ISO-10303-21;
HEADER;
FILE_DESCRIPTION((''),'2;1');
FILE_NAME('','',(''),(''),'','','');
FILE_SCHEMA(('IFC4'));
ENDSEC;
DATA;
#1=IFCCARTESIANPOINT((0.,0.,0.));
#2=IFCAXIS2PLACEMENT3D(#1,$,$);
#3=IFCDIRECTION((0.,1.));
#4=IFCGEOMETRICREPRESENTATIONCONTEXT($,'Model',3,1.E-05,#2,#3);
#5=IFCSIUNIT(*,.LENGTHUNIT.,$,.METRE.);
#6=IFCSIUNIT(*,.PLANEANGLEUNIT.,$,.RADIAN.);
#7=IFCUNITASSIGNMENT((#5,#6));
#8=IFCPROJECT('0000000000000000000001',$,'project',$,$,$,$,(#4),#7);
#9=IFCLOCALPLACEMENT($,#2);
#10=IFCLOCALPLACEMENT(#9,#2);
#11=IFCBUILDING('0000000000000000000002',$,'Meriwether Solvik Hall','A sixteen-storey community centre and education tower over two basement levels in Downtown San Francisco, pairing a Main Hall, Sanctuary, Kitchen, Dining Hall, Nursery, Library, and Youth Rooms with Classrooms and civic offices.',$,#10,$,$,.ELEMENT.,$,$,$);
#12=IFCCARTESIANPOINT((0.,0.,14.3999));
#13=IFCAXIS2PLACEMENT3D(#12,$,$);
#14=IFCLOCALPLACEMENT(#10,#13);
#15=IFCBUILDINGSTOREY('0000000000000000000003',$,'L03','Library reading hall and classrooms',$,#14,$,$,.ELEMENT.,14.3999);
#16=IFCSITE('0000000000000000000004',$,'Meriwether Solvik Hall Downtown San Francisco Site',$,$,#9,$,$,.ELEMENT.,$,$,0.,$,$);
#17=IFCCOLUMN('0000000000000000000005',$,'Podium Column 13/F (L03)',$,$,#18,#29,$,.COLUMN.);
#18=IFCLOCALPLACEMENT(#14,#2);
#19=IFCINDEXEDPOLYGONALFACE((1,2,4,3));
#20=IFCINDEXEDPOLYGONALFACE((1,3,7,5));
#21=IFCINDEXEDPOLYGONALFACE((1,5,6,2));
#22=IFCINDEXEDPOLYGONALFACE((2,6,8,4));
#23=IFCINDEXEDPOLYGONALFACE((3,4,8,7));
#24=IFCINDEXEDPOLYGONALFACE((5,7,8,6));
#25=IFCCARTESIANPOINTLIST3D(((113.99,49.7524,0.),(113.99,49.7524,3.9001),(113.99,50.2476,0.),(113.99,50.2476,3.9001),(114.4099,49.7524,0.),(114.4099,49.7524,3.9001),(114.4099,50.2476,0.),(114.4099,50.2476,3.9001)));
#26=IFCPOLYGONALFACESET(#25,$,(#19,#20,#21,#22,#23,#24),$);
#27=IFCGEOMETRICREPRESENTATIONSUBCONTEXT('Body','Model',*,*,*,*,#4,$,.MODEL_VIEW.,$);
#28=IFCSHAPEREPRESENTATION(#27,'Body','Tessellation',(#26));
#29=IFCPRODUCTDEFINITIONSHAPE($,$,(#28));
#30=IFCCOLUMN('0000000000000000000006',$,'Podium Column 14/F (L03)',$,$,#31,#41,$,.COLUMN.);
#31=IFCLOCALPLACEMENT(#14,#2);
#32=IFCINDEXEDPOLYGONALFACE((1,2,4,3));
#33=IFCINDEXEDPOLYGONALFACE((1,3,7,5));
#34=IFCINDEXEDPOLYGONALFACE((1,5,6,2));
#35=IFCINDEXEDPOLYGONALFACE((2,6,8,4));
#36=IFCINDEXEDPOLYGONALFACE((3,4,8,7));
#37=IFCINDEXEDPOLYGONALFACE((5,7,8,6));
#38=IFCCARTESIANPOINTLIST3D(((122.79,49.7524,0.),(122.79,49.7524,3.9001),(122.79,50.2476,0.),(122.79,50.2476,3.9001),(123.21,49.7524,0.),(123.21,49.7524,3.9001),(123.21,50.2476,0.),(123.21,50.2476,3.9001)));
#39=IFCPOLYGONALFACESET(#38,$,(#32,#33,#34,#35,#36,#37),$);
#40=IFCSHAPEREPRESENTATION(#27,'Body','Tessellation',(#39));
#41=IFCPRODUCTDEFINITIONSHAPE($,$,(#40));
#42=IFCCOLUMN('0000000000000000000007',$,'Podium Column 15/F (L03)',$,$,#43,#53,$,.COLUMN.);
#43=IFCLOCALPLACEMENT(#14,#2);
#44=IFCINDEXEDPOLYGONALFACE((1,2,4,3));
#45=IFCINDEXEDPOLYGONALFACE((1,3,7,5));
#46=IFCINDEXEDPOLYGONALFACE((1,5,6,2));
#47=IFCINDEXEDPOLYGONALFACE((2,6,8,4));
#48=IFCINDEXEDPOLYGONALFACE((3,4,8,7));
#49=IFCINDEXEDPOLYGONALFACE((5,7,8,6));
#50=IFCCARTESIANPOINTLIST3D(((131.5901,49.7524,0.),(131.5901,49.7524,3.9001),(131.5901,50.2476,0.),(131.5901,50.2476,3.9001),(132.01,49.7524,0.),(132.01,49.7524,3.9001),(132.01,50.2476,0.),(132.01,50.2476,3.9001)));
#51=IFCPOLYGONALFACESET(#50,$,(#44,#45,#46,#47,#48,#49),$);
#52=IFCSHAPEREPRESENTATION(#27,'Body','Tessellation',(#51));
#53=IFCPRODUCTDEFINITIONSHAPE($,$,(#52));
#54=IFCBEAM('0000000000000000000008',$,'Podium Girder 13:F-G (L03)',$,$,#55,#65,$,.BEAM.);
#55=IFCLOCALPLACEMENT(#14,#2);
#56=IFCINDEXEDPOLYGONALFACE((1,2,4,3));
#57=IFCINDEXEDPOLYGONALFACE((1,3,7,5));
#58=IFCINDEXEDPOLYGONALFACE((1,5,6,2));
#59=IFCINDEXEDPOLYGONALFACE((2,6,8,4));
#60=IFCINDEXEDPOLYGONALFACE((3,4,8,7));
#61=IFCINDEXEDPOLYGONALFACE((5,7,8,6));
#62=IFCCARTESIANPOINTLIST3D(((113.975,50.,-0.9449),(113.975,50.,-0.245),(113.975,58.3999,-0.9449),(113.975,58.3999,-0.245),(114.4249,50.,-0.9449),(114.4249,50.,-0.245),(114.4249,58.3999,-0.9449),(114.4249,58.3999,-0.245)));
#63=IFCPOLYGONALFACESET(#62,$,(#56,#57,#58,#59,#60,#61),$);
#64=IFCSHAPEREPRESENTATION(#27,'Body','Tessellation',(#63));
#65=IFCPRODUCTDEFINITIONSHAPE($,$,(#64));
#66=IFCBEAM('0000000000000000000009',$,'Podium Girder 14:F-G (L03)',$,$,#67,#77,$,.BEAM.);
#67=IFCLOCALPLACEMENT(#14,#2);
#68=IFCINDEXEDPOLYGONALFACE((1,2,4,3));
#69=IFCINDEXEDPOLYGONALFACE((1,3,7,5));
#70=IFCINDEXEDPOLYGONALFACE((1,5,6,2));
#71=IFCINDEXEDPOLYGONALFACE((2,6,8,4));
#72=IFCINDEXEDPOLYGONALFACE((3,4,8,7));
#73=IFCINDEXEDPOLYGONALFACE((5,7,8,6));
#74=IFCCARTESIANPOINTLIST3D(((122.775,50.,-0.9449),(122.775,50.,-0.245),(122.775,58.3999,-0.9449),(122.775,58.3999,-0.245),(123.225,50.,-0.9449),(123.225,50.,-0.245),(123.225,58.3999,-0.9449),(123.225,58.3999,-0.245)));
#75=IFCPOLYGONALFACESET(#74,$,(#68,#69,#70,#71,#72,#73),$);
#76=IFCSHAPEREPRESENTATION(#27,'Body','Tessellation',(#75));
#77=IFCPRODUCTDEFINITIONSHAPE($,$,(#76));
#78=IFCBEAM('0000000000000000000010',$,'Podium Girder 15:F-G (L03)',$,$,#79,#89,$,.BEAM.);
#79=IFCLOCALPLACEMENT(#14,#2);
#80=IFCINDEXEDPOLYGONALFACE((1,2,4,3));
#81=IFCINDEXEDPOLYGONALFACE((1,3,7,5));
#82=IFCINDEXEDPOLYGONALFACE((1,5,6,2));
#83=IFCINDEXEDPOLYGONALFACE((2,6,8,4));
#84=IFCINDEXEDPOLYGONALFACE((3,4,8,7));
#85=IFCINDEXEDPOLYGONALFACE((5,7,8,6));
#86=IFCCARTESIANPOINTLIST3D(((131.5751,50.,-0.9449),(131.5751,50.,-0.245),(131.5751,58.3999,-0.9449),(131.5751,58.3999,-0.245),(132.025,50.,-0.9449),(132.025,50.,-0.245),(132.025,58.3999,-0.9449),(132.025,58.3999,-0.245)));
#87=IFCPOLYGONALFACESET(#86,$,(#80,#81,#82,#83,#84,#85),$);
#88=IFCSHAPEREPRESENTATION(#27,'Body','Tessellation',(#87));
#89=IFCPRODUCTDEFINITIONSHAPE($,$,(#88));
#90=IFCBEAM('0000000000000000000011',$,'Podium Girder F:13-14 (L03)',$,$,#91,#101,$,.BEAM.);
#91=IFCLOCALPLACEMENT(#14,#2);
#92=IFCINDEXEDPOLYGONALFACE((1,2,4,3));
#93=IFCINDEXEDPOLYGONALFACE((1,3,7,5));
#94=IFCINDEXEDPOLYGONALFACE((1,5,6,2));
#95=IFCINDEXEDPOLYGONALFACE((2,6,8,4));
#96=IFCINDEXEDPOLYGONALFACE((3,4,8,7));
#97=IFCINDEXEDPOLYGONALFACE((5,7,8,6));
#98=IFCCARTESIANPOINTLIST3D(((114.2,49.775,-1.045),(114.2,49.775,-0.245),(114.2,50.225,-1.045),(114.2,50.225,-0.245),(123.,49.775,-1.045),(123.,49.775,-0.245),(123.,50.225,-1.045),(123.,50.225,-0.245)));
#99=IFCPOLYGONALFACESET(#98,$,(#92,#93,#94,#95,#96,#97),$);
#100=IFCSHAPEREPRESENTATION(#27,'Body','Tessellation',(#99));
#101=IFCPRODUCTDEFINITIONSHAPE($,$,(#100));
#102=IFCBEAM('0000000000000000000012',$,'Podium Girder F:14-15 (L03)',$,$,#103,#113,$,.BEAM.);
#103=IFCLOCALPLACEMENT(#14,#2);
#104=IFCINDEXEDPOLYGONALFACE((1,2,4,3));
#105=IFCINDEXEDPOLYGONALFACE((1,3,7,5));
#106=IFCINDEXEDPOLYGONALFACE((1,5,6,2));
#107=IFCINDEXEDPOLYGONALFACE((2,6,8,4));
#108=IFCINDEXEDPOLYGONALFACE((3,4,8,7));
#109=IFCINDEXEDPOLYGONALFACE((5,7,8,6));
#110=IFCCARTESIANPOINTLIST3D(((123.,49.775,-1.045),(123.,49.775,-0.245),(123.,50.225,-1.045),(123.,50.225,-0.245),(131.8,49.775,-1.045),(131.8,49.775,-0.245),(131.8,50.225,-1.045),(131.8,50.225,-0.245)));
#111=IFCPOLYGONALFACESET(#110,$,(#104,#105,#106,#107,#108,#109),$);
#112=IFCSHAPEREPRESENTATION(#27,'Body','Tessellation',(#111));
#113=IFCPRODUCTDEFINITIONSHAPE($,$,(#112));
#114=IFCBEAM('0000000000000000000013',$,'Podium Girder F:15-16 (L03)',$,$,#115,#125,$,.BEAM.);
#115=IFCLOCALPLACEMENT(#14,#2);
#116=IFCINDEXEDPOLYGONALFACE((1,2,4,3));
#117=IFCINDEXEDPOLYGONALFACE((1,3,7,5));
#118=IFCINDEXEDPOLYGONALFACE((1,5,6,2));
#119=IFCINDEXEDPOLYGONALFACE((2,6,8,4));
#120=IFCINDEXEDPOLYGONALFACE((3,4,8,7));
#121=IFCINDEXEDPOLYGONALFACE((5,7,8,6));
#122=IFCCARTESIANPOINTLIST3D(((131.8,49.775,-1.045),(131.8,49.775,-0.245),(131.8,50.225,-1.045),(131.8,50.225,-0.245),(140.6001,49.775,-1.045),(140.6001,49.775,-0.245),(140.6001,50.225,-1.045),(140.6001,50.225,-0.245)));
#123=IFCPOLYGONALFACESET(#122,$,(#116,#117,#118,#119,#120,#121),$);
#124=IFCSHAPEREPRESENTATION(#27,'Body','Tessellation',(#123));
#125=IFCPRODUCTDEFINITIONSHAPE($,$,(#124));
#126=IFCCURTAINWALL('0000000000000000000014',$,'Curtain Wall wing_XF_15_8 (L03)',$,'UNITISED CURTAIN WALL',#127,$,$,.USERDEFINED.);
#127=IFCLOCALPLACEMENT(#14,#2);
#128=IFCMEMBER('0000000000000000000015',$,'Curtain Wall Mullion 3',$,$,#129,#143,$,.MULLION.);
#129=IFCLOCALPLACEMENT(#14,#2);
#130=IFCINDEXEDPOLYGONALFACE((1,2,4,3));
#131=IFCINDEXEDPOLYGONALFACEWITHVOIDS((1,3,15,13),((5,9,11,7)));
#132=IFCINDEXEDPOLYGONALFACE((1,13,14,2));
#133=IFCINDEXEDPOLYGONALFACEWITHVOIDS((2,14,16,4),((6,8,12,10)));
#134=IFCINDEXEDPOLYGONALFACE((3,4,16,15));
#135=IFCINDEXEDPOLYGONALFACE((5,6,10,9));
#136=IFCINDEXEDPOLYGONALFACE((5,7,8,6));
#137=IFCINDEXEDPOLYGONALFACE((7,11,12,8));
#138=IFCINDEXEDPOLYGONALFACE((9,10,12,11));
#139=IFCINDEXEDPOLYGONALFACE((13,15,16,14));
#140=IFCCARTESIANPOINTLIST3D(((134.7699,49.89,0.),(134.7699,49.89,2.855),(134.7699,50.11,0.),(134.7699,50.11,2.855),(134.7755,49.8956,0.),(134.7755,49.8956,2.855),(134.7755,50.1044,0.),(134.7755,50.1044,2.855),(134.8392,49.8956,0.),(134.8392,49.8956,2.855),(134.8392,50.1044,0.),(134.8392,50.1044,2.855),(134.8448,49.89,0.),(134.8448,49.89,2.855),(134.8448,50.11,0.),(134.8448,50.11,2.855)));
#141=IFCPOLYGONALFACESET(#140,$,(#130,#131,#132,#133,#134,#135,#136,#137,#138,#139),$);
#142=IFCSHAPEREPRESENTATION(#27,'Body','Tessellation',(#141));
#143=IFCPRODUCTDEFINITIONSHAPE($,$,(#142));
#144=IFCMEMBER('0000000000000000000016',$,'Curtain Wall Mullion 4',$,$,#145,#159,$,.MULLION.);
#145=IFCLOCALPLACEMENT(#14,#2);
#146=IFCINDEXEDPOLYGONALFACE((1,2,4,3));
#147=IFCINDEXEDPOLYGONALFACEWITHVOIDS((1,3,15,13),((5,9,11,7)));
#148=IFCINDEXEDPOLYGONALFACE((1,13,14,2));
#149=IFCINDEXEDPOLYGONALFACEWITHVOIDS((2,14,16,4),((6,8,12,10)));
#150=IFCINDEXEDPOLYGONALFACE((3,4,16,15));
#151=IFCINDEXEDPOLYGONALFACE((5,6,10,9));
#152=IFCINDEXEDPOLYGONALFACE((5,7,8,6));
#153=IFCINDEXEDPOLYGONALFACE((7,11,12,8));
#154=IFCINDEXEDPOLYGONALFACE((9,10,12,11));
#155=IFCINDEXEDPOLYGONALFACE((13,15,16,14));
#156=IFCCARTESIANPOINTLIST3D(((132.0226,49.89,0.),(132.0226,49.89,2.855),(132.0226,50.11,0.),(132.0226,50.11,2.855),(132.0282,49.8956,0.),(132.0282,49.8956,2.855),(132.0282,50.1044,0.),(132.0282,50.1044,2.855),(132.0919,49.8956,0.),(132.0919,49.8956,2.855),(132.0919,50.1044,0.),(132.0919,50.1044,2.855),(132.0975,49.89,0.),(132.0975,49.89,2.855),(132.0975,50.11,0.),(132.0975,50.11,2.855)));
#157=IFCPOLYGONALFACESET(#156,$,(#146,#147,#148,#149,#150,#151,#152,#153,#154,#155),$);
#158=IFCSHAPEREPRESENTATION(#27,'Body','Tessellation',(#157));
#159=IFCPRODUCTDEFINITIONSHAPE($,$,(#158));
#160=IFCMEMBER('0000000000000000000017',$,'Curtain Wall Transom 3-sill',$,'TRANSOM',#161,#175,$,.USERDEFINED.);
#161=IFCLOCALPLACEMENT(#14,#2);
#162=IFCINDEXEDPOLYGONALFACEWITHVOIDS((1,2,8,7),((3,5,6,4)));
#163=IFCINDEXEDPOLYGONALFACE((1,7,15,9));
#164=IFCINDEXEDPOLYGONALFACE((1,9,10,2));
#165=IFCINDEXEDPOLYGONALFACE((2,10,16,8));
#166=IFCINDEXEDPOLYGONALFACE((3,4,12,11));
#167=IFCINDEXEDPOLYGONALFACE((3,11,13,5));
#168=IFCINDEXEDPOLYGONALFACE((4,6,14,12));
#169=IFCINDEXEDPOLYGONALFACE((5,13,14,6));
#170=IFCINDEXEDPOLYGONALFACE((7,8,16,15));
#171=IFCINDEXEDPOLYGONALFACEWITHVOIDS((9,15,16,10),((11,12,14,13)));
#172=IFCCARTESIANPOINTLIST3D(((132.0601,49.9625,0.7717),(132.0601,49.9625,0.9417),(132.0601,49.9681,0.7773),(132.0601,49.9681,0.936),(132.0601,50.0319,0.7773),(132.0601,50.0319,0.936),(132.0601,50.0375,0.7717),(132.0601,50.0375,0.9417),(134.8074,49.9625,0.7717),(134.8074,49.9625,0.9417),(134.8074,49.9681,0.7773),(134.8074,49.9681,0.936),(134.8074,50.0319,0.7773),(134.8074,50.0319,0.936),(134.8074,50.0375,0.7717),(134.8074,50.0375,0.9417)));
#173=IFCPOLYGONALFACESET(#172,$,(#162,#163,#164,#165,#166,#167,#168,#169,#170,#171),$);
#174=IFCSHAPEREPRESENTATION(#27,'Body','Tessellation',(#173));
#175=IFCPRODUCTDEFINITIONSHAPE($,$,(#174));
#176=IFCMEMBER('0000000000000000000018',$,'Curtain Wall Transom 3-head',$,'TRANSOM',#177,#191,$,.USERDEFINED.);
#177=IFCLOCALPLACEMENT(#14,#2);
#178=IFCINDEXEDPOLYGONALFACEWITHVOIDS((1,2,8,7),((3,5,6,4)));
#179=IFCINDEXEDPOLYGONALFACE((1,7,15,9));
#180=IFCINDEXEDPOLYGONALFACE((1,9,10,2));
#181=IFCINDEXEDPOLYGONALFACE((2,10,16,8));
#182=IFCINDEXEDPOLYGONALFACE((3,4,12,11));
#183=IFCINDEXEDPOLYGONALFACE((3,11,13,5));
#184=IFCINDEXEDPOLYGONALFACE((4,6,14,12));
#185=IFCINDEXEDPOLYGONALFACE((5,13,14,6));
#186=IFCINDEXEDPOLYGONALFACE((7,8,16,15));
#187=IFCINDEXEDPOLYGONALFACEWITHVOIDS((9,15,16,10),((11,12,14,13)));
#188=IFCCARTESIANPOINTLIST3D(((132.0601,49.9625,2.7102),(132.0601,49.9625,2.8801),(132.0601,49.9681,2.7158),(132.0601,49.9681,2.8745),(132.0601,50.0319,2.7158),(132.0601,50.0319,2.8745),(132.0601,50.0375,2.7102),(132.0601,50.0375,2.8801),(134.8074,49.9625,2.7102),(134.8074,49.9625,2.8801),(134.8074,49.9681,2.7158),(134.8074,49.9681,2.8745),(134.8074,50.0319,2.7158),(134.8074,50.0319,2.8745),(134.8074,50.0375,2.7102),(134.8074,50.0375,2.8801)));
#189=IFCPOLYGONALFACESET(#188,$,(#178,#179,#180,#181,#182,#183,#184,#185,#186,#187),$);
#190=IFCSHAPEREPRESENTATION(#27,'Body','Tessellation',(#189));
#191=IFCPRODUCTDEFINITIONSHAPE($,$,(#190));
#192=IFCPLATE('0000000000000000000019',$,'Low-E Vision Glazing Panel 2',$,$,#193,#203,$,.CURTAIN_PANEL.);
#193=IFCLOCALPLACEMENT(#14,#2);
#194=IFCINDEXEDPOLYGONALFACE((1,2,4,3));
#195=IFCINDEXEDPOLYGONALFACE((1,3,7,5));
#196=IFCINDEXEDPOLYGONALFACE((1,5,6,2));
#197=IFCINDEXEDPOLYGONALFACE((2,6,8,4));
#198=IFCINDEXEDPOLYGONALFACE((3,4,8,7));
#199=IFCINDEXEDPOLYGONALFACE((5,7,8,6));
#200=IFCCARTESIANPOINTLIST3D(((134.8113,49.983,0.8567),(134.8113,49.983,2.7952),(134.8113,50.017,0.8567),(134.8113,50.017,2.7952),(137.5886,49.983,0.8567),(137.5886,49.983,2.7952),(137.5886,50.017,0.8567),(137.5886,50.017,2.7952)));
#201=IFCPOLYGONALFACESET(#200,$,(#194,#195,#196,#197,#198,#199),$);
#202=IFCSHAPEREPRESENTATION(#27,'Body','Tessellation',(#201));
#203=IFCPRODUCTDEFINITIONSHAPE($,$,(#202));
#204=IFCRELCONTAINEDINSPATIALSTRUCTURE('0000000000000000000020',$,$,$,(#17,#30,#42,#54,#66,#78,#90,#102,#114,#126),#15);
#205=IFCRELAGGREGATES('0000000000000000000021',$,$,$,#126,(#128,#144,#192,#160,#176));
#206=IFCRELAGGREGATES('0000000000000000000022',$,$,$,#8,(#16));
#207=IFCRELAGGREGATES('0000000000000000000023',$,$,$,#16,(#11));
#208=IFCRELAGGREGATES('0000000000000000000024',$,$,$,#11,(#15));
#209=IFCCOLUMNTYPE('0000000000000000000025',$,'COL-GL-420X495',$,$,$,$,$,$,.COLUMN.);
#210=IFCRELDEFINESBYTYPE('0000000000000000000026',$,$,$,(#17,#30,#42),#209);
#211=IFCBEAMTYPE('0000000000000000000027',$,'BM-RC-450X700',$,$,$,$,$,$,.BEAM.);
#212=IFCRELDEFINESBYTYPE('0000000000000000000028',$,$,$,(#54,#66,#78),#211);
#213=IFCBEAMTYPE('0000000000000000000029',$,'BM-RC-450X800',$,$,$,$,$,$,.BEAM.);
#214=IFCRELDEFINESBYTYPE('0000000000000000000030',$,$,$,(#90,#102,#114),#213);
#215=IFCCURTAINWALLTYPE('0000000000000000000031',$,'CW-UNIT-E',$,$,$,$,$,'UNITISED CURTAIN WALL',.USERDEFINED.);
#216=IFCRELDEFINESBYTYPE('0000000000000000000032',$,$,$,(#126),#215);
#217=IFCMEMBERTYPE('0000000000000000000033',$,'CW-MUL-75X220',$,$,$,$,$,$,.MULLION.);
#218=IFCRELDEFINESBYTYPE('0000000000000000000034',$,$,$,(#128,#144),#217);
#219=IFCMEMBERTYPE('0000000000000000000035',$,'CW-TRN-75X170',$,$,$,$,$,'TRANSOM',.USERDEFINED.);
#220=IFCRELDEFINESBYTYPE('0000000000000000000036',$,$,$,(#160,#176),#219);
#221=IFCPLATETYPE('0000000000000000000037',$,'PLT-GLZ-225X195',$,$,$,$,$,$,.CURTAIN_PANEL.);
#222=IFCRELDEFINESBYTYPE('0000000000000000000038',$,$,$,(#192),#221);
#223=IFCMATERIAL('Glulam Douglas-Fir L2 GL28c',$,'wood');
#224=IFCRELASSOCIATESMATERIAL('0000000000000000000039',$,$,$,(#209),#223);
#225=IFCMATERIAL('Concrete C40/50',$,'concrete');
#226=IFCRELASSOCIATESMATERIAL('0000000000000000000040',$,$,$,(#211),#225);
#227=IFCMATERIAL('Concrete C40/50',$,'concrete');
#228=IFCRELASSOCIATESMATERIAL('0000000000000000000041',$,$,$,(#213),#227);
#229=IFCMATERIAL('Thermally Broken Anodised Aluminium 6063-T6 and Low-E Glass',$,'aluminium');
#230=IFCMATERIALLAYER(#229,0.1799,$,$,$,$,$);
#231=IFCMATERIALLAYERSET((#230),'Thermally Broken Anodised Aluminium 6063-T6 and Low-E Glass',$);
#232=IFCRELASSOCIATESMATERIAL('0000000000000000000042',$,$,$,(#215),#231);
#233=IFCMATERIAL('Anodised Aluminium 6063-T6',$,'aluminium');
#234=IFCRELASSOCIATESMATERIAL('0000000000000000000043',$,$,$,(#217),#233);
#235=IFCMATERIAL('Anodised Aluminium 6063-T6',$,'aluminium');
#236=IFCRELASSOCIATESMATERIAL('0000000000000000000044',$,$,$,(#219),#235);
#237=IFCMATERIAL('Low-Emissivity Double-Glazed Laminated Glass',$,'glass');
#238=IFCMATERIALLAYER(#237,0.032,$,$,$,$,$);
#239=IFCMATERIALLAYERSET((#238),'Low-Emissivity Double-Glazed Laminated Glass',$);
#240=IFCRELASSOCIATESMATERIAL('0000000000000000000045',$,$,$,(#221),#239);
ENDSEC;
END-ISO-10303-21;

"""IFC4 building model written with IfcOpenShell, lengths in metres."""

from ifc_helpers import new_model, si_unit, direction, frame, origin, origin_2d, place, context, subcontext, project, spatial, rectangle, hollow_rectangle, extrude, material, layer, layer_set, material_profile, profile_set, type_object, element, aggregate, save


model = new_model("IFC4")

# Units and contexts
model_context = context("Model", 3, precision=1e-05, world=origin(), true_north=direction((0.0, 1.0)))
body_context = subcontext(model_context, "Body", "Model", "MODEL_VIEW")
ifc_project = project(units=[si_unit("LENGTHUNIT", "METRE"), si_unit("PLANEANGLEUNIT", "RADIAN")], contexts=[model_context])

# Site, building, storey
site_placement = place(None, origin())
site = spatial("IfcSite", under=ifc_project, at=site_placement, Name="Meriwether Solvik Hall Downtown San Francisco Site", CompositionType="ELEMENT", RefElevation=0.0)
building_placement = place(site_placement, origin())
building = spatial("IfcBuilding", under=site, at=building_placement, Name="Meriwether Solvik Hall", Description="A sixteen-storey community centre and education tower over two basement levels in Downtown San Francisco, pairing a Main Hall, Sanctuary, Kitchen, Dining Hall, Nursery, Library, and Youth Rooms with Classrooms and civic offices.", CompositionType="ELEMENT")
storey_placement = place(building_placement, frame((0.0, 0.0, 14.3999)))
storey = spatial("IfcBuildingStorey", under=building, at=storey_placement, Name="L03", Description="Library reading hall and classrooms", CompositionType="ELEMENT", Elevation=14.3999)

# Columns
ifc_material_1 = material(Name="Glulam Douglas-Fir L2 GL28c", Category="wood")
ifc_material_profile_1 = material_profile(ifc_material_1, rectangle(XDim=0.4199, YDim=0.4951, at=origin_2d()), Name="GLC-420X495")
ifc_profile_set_1 = profile_set([ifc_material_profile_1], Name="Glulam Douglas-Fir L2 GL28c")
column_type = type_object("IfcColumnType", Name="COL-GL-420X495", PredefinedType="COLUMN", material=ifc_profile_set_1)
for number, where, z_axis, x_axis, name in (
    (1, (114.2, 50.0, 0.0), (0.0, 0.0, 1.0), (1.0, 0.0, 0.0), "Podium Column 13/F (L03)"),
    (2, (123.0, 50.0, 0.0), (0.0, 0.0, 1.0), (1.0, 0.0, 0.0), "Podium Column 14/F (L03)"),
    (3, (131.8, 50.0, 0.0), (0.0, 0.0, 1.0), (1.0, 0.0, 0.0), "Podium Column 15/F (L03)"),
):
    element("IfcColumn", number, at=place(storey_placement, frame(where, z_axis=z_axis, x_axis=x_axis)), inside=storey, type_object=column_type, Name=name, PredefinedType="COLUMN", context=body_context, shape_type="SweptSolid", body=[
        extrude(rectangle(XDim=0.4199, YDim=0.4951, at=origin_2d()), origin(), (0.0, 0.0, 1.0), 3.9001),
    ])

# Beams
ifc_material_2 = material(Name="Concrete C40/50", Category="concrete")
ifc_material_profile_2 = material_profile(ifc_material_2, rectangle(XDim=0.45, YDim=0.7, at=origin_2d()), Name="RCB-450X700")
ifc_profile_set_2 = profile_set([ifc_material_profile_2], Name="Concrete C40/50")
beam_type_1 = type_object("IfcBeamType", Name="BM-RC-450X700", PredefinedType="BEAM", material=ifc_profile_set_2)
for number, where, z_axis, x_axis, name in (
    (4, (114.2, 50.0, -0.595), (0.0, 1.0, 0.0), (-1.0, 0.0, 0.0), "Podium Girder 13:F-G (L03)"),
    (5, (123.0, 50.0, -0.595), (0.0, 1.0, 0.0), (-1.0, 0.0, 0.0), "Podium Girder 14:F-G (L03)"),
    (6, (131.8, 50.0, -0.595), (0.0, 1.0, 0.0), (-1.0, 0.0, 0.0), "Podium Girder 15:F-G (L03)"),
):
    element("IfcBeam", number, at=place(storey_placement, frame(where, z_axis=z_axis, x_axis=x_axis)), inside=storey, type_object=beam_type_1, Name=name, PredefinedType="BEAM", context=body_context, shape_type="SweptSolid", body=[
        extrude(rectangle(XDim=0.45, YDim=0.7, at=origin_2d()), origin(), (0.0, 0.0, 1.0), 8.3999),
    ])
ifc_material_3 = material(Name="Concrete C40/50", Category="concrete")
ifc_material_profile_3 = material_profile(ifc_material_3, rectangle(XDim=0.45, YDim=0.8, at=origin_2d()), Name="RCB-450X800")
ifc_profile_set_3 = profile_set([ifc_material_profile_3], Name="Concrete C40/50")
beam_type_2 = type_object("IfcBeamType", Name="BM-RC-450X800", PredefinedType="BEAM", material=ifc_profile_set_3)
for number, where, z_axis, x_axis, name in (
    (7, (114.2, 50.0, -0.645), (1.0, 0.0, 0.0), (0.0, 1.0, 0.0), "Podium Girder F:13-14 (L03)"),
    (8, (123.0, 50.0, -0.645), (1.0, 0.0, 0.0), (0.0, 1.0, 0.0), "Podium Girder F:14-15 (L03)"),
    (9, (131.8, 50.0, -0.645), (1.0, 0.0, 0.0), (0.0, 1.0, 0.0), "Podium Girder F:15-16 (L03)"),
):
    element("IfcBeam", number, at=place(storey_placement, frame(where, z_axis=z_axis, x_axis=x_axis)), inside=storey, type_object=beam_type_2, Name=name, PredefinedType="BEAM", context=body_context, shape_type="SweptSolid", body=[
        extrude(rectangle(XDim=0.45, YDim=0.8, at=origin_2d()), origin(), (0.0, 0.0, 1.0), 8.8),
    ])

# Curtain wall, members, plate
ifc_material_4 = material(Name="Thermally Broken Anodised Aluminium 6063-T6 and Low-E Glass", Category="aluminium")
ifc_layer_1 = layer(ifc_material_4, 0.1799)
ifc_layer_set_1 = layer_set([ifc_layer_1], Name="Thermally Broken Anodised Aluminium 6063-T6 and Low-E Glass")
curtain_wall_type = type_object("IfcCurtainWallType", Name="CW-UNIT-E", ElementType="UNITISED CURTAIN WALL", PredefinedType="USERDEFINED", material=ifc_layer_set_1)
curtain_wall_placement = place(storey_placement, origin())
curtain_wall = element("IfcCurtainWall", 10, at=curtain_wall_placement, inside=storey, type_object=curtain_wall_type, Name="Curtain Wall wing_XF_15_8 (L03)", ObjectType="UNITISED CURTAIN WALL", PredefinedType="USERDEFINED")
ifc_material_5 = material(Name="Anodised Aluminium 6063-T6", Category="aluminium")
ifc_material_profile_4 = material_profile(ifc_material_5, hollow_rectangle(XDim=0.075, YDim=0.22, WallThickness=0.0056, at=origin_2d()), Name="CWM-75X220")
ifc_profile_set_4 = profile_set([ifc_material_profile_4], Name="Anodised Aluminium 6063-T6")
member_type_1 = type_object("IfcMemberType", Name="CW-MUL-75X220", PredefinedType="MULLION", material=ifc_profile_set_4)
member_1_placement = place(storey_placement, frame((134.8074, 50.0, 0.0), z_axis=(0.0, 0.0, 1.0), x_axis=(-1.0, 0.0, 0.0)))
member_1 = element("IfcMember", 11, at=member_1_placement, type_object=member_type_1, Name="Curtain Wall Mullion 3", PredefinedType="MULLION", context=body_context, shape_type="SweptSolid", body=[
    extrude(hollow_rectangle(XDim=0.075, YDim=0.22, WallThickness=0.0056, at=origin_2d()), origin(), (0.0, 0.0, 1.0), 2.855),
])
member_2_placement = place(storey_placement, frame((132.0601, 50.0, 0.0), z_axis=(0.0, 0.0, 1.0), x_axis=(-1.0, 0.0, 0.0)))
member_2 = element("IfcMember", 12, at=member_2_placement, type_object=member_type_1, Name="Curtain Wall Mullion 4", PredefinedType="MULLION", context=body_context, shape_type="SweptSolid", body=[
    extrude(hollow_rectangle(XDim=0.075, YDim=0.22, WallThickness=0.0056, at=origin_2d()), origin(), (0.0, 0.0, 1.0), 2.855),
])
ifc_material_6 = material(Name="Anodised Aluminium 6063-T6", Category="aluminium")
ifc_material_profile_5 = material_profile(ifc_material_6, hollow_rectangle(XDim=0.075, YDim=0.1699, WallThickness=0.0056, at=origin_2d()), Name="CWT-75X170")
ifc_profile_set_5 = profile_set([ifc_material_profile_5], Name="Anodised Aluminium 6063-T6")
member_type_2 = type_object("IfcMemberType", Name="CW-TRN-75X170", ElementType="TRANSOM", PredefinedType="USERDEFINED", material=ifc_profile_set_5)
member_3_placement = place(storey_placement, frame((134.8074, 50.0, 0.8567), z_axis=(-1.0, 0.0, 0.0), x_axis=(0.0, -1.0, 0.0)))
member_3 = element("IfcMember", 13, at=member_3_placement, type_object=member_type_2, Name="Curtain Wall Transom 3-sill", ObjectType="TRANSOM", PredefinedType="USERDEFINED", context=body_context, shape_type="SweptSolid", body=[
    extrude(hollow_rectangle(XDim=0.075, YDim=0.1699, WallThickness=0.0056, at=origin_2d()), origin(), (0.0, 0.0, 1.0), 2.7473),
])
member_4_placement = place(storey_placement, frame((134.8074, 50.0, 2.7952), z_axis=(-1.0, 0.0, 0.0), x_axis=(0.0, -1.0, 0.0)))
member_4 = element("IfcMember", 14, at=member_4_placement, type_object=member_type_2, Name="Curtain Wall Transom 3-head", ObjectType="TRANSOM", PredefinedType="USERDEFINED", context=body_context, shape_type="SweptSolid", body=[
    extrude(hollow_rectangle(XDim=0.075, YDim=0.1699, WallThickness=0.0056, at=origin_2d()), origin(), (0.0, 0.0, 1.0), 2.7473),
])
ifc_material_7 = material(Name="Low-Emissivity Double-Glazed Laminated Glass", Category="glass")
ifc_layer_2 = layer(ifc_material_7, 0.032)
ifc_layer_set_2 = layer_set([ifc_layer_2], Name="Low-Emissivity Double-Glazed Laminated Glass")
plate_type_1 = type_object("IfcPlateType", Name="PLT-GLZ-225X195", PredefinedType="CURTAIN_PANEL", material=ifc_layer_set_2)
plate_1_placement = place(storey_placement, frame((136.2, 50.0, 0.8567), z_axis=(0.0, 0.0, 1.0), x_axis=(-1.0, 0.0, 0.0)))
plate_1 = element("IfcPlate", 15, at=plate_1_placement, type_object=plate_type_1, Name="Low-E Vision Glazing Panel 2", PredefinedType="CURTAIN_PANEL", context=body_context, shape_type="SweptSolid", body=[
    extrude(rectangle(XDim=2.7773, YDim=0.0339, at=origin_2d()), origin(), (0.0, 0.0, 1.0), 1.9385),
])
aggregate(curtain_wall, [member_1, member_2, plate_1, member_3, member_4])

save(model, "model.ifc")
